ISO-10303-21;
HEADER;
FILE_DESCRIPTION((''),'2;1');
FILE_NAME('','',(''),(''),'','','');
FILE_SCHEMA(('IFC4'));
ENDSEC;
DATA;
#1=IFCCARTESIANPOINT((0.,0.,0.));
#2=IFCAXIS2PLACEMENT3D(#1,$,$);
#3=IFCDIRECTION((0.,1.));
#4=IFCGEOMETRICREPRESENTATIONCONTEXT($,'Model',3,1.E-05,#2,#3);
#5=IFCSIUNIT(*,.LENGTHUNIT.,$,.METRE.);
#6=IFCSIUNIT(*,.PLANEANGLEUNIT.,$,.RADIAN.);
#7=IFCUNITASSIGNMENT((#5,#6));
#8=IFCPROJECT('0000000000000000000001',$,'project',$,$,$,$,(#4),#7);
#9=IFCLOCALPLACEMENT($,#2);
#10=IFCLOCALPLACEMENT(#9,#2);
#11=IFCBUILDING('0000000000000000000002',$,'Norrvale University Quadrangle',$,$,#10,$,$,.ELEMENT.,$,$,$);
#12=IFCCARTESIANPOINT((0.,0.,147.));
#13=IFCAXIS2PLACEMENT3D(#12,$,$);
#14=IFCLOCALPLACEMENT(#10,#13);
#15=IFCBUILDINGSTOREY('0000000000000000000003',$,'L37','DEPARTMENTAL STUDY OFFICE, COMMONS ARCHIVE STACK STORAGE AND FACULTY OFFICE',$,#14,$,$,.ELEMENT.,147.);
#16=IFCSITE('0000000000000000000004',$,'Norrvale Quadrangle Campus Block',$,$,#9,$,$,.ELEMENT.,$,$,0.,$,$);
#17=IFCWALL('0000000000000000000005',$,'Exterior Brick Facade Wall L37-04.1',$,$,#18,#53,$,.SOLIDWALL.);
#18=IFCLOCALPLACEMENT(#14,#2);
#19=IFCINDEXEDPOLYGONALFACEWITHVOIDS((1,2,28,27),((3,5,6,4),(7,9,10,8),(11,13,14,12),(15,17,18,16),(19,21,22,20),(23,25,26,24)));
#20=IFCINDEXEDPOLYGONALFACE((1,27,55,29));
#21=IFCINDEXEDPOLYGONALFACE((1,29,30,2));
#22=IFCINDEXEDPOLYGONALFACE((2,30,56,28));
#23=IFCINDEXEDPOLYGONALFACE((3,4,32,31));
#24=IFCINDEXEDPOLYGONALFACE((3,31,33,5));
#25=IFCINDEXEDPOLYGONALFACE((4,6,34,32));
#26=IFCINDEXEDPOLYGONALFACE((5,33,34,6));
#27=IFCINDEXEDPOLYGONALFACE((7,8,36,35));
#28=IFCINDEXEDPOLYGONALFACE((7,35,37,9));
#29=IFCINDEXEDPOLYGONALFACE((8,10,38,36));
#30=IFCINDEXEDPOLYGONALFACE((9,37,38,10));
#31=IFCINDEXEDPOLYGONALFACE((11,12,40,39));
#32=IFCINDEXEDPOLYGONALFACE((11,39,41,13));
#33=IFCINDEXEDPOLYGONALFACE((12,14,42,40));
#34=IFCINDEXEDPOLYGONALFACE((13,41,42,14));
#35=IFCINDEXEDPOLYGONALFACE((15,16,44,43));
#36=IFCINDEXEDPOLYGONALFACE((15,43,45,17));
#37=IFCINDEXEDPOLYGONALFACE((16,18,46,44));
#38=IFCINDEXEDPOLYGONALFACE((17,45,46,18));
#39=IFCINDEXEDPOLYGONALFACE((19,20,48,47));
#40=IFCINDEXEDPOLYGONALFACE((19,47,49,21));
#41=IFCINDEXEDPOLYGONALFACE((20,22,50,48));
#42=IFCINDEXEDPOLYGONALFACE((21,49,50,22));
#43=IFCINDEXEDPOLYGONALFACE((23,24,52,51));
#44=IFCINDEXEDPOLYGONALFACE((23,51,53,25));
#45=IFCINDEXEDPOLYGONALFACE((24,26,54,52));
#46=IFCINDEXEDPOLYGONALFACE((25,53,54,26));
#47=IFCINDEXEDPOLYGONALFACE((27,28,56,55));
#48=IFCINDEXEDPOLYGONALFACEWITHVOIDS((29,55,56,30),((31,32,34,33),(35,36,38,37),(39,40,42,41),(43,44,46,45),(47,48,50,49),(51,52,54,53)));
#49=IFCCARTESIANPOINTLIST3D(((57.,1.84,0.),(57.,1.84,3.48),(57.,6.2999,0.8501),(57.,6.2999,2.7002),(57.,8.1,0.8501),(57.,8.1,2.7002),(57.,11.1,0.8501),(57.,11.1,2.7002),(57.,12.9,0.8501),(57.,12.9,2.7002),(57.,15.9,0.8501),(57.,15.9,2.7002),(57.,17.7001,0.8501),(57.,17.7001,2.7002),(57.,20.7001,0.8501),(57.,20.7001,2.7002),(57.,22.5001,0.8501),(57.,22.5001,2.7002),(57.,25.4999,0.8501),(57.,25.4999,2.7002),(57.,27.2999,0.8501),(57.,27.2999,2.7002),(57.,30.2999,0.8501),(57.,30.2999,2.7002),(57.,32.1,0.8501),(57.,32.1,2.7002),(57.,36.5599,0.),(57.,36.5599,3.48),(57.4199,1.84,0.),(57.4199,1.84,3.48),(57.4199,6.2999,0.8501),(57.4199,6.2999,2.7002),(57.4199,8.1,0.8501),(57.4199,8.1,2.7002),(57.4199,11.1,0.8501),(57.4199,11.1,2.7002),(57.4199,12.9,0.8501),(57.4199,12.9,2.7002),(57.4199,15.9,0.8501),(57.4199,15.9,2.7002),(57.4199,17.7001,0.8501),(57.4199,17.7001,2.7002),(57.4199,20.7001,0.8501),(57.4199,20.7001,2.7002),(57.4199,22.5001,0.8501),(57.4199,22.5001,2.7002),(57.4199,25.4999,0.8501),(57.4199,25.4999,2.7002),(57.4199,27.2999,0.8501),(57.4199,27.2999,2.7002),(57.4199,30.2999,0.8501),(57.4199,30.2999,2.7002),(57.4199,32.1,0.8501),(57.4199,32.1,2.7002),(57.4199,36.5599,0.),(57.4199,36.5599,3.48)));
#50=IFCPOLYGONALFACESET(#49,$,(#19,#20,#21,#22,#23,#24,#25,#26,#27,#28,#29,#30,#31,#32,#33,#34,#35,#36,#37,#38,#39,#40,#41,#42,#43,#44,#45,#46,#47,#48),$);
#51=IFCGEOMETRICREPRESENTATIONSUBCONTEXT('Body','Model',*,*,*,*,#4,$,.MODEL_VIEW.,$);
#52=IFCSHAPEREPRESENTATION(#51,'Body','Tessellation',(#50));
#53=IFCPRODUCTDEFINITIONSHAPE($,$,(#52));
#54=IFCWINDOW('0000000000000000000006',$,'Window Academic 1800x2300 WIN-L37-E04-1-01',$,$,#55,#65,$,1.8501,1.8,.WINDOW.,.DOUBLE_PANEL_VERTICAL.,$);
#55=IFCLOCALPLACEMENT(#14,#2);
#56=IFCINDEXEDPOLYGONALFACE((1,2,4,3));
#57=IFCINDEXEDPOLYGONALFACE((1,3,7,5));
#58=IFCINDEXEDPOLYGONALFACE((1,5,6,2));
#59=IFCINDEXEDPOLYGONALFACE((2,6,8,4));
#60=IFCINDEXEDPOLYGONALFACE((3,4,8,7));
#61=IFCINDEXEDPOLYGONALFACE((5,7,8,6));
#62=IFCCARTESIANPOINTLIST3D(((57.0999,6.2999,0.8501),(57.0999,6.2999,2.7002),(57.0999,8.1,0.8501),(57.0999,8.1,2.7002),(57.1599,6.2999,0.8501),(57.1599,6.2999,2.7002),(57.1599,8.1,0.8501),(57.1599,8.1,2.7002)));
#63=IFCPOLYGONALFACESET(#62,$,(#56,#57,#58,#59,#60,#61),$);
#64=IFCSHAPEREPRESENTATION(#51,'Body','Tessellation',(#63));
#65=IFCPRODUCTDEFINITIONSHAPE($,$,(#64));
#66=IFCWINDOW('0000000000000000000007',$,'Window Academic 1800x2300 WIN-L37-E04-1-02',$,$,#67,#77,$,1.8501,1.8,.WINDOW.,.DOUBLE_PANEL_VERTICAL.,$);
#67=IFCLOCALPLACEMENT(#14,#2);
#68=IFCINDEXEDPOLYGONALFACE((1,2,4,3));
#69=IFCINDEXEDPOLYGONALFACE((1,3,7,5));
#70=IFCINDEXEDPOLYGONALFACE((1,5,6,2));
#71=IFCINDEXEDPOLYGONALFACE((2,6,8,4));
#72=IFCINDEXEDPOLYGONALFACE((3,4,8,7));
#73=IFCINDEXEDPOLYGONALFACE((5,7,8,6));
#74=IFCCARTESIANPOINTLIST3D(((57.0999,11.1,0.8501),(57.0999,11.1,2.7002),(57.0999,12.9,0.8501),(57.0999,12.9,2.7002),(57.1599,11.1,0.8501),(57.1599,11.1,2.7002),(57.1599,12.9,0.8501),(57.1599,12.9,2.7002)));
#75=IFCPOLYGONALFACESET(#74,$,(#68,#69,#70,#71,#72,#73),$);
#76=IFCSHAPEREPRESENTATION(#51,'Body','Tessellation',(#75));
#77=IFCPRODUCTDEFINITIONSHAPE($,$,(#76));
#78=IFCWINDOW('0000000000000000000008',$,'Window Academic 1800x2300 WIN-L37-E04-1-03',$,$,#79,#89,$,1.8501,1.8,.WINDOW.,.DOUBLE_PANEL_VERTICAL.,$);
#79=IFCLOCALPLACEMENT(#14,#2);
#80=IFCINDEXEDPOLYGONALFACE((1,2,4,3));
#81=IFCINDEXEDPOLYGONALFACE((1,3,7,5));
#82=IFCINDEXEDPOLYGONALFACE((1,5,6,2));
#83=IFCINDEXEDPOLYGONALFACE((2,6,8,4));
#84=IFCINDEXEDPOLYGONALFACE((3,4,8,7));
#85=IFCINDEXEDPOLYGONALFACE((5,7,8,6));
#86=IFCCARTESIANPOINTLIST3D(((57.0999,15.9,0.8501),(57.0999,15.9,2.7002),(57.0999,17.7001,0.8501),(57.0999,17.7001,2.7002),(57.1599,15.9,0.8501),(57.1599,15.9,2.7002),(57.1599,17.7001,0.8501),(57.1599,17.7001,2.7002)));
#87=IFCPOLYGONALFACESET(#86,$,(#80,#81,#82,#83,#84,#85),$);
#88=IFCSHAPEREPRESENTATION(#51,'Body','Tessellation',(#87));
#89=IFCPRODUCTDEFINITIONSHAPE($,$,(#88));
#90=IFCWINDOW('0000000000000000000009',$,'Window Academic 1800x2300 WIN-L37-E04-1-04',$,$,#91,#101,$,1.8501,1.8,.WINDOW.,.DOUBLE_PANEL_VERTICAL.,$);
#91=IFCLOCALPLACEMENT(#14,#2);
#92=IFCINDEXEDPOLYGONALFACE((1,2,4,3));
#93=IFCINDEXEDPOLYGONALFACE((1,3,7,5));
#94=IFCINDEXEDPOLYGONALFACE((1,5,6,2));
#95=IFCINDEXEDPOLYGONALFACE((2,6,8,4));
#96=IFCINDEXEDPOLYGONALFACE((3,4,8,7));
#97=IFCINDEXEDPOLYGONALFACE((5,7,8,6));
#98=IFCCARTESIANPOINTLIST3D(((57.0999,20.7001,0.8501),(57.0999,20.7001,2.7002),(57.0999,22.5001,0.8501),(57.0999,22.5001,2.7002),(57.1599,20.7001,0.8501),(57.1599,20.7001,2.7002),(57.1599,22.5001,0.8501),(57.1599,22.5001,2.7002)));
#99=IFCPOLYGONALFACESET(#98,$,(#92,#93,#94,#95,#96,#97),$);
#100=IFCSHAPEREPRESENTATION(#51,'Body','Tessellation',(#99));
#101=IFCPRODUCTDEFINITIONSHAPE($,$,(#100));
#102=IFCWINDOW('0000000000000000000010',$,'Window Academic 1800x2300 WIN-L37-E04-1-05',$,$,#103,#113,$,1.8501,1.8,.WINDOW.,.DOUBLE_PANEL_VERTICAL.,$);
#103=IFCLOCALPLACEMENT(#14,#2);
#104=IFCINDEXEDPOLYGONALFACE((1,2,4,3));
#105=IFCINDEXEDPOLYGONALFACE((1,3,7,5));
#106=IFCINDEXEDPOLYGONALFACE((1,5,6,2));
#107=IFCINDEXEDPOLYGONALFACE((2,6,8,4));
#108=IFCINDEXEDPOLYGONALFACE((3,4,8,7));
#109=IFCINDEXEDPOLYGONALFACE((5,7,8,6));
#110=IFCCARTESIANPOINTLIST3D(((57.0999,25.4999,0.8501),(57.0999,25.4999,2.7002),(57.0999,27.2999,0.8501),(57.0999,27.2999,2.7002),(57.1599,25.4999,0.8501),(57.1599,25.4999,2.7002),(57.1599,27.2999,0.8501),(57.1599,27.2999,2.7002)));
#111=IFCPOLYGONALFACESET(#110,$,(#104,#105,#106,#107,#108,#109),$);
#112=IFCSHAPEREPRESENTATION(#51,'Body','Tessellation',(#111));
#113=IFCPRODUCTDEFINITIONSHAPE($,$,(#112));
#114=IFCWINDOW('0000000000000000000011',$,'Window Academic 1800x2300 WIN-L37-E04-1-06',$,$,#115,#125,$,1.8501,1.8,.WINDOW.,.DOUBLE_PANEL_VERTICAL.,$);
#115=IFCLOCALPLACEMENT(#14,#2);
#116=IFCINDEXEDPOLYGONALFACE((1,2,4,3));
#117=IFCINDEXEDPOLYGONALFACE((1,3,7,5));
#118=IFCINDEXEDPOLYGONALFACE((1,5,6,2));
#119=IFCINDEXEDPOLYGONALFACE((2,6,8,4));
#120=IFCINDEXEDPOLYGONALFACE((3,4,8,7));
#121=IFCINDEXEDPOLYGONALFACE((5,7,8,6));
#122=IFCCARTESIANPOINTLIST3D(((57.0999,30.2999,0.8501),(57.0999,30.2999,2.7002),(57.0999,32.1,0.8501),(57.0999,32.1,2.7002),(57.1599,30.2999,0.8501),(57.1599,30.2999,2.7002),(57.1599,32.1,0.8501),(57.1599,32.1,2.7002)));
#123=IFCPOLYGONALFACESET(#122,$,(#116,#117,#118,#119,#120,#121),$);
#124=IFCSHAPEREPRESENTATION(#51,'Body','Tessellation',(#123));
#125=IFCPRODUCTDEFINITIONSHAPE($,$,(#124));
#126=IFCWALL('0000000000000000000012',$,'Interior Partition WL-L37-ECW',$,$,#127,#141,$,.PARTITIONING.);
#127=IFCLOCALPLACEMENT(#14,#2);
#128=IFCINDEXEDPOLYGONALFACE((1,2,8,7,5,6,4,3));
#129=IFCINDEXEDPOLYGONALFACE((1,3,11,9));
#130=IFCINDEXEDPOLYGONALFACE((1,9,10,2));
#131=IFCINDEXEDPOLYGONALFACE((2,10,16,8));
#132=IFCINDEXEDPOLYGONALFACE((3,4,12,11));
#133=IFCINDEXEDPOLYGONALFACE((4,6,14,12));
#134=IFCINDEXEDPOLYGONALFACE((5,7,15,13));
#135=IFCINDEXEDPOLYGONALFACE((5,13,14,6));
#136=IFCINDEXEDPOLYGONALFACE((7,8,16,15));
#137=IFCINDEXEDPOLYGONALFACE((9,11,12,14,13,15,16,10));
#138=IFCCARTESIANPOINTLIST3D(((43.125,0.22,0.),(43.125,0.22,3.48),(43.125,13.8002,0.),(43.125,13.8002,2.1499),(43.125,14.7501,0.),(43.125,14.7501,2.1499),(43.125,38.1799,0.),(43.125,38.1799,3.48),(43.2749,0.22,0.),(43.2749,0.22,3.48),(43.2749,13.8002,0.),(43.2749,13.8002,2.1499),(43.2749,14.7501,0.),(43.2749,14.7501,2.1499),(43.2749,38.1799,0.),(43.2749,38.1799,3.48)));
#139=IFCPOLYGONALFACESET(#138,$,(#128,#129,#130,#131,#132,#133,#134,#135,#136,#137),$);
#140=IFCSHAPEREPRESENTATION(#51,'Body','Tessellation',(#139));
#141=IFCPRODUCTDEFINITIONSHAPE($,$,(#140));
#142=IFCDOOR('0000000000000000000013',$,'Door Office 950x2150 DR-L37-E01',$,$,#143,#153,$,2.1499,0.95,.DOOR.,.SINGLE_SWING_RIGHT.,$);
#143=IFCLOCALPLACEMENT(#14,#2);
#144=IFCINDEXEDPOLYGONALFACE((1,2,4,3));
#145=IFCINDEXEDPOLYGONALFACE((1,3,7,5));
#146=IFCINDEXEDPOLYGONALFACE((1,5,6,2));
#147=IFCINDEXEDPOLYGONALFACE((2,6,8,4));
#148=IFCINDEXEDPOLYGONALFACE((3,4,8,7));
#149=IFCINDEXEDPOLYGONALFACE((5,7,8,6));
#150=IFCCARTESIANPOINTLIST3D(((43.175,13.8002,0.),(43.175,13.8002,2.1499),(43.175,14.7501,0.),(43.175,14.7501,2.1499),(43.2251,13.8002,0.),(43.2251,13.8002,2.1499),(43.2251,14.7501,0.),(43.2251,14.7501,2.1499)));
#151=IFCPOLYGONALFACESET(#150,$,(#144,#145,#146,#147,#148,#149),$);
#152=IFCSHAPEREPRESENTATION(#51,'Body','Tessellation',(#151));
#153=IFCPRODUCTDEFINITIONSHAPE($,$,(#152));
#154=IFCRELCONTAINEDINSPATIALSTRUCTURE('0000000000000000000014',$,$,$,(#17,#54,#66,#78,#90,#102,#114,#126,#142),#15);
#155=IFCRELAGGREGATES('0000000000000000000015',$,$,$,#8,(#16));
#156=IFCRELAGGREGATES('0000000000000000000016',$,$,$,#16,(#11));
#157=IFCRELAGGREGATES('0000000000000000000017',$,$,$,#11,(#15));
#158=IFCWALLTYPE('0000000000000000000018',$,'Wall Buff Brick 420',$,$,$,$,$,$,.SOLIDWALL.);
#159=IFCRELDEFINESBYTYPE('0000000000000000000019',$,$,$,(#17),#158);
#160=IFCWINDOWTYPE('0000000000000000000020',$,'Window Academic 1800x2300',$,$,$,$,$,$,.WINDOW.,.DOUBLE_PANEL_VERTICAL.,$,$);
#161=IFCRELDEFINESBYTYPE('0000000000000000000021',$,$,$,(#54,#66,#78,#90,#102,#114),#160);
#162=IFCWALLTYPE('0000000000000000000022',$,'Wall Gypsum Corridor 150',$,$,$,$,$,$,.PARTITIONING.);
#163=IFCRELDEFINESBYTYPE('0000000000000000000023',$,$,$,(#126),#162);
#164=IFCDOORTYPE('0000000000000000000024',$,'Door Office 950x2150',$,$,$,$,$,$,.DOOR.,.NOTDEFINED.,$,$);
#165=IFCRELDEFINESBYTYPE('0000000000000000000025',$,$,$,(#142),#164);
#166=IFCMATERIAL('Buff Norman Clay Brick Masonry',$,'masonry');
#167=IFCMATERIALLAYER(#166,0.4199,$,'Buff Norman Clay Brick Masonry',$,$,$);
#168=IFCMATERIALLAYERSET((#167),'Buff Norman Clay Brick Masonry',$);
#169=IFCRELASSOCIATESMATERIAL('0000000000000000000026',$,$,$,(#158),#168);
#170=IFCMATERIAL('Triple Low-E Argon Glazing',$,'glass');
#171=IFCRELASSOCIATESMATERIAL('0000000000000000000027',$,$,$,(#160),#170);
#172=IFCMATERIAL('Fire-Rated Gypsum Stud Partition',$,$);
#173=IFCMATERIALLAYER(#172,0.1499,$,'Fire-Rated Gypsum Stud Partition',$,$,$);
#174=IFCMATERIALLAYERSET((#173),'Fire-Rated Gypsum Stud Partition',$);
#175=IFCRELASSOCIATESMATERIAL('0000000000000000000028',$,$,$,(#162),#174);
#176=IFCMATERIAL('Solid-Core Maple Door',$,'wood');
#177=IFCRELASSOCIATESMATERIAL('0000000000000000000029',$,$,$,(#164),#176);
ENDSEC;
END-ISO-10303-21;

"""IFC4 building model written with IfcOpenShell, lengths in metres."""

from ifc_helpers import new_model, si_unit, direction, frame, frame_2d, origin, place, context, subcontext, project, spatial, rectangle, extrude, material, layer, layer_set, type_object, element, fill, save


model = new_model("IFC4")

# Units and contexts
model_context = context("Model", 3, precision=1e-05, world=origin(), true_north=direction((0.0, 1.0)))
body_context = subcontext(model_context, "Body", "Model", "MODEL_VIEW")
ifc_project = project(units=[si_unit("LENGTHUNIT", "METRE"), si_unit("PLANEANGLEUNIT", "RADIAN")], contexts=[model_context])

# Site, building, storey
site_placement = place(None, origin())
site = spatial("IfcSite", under=ifc_project, at=site_placement, Name="Norrvale Quadrangle Campus Block", CompositionType="ELEMENT", RefElevation=0.0)
building_placement = place(site_placement, origin())
building = spatial("IfcBuilding", under=site, at=building_placement, Name="Norrvale University Quadrangle", CompositionType="ELEMENT")
storey_placement = place(building_placement, frame((0.0, 0.0, 147.0)))
storey = spatial("IfcBuildingStorey", under=building, at=storey_placement, Name="L37", Description="DEPARTMENTAL STUDY OFFICE, COMMONS ARCHIVE STACK STORAGE AND FACULTY OFFICE", CompositionType="ELEMENT", Elevation=147.0)

# Shared definitions
ifc_material_1 = material(Name="Buff Norman Clay Brick Masonry", Category="masonry")
ifc_layer_1 = layer(ifc_material_1, 0.4199, Name="Buff Norman Clay Brick Masonry")
ifc_layer_set_1 = layer_set([ifc_layer_1], Name="Buff Norman Clay Brick Masonry")
wall_type_1 = type_object("IfcWallType", Name="Wall Buff Brick 420", PredefinedType="SOLIDWALL", material=ifc_layer_set_1)

# Wall, openings, windows
wall_1_placement = place(storey_placement, frame((57.21, 1.8401, 0.0), z_axis=(0.0, 0.0, 1.0), x_axis=(0.0, 1.0, 0.0)))
wall_1 = element("IfcWall", 1, at=wall_1_placement, inside=storey, type_object=wall_type_1, Name="Exterior Brick Facade Wall L37-04.1", PredefinedType="SOLIDWALL", context=body_context, shape_type="SweptSolid", body=[
    extrude(rectangle(XDim=34.72, YDim=0.4199, at=frame_2d((17.3599, 0.0))), origin(), (0.0, 0.0, 1.0), 3.48),
])
opening_1_placement = place(wall_1_placement, frame((4.46, 0.0, 0.8501)))
opening_1 = element("IfcOpeningElement", 2, at=opening_1_placement, cuts=wall_1, PredefinedType="OPENING", context=body_context, shape_type="SweptSolid", body=[
    extrude(rectangle(XDim=1.8, YDim=1.8501, at=frame_2d((0.8999, 0.925))), frame((0.0, 0.2219, 0.0), z_axis=(0.0, -1.0, 0.0), x_axis=(1.0, 0.0, 0.0)), (0.0, 0.0, 1.0), 0.4438),
])
opening_2_placement = place(wall_1_placement, frame((9.26, 0.0, 0.8501)))
opening_2 = element("IfcOpeningElement", 3, at=opening_2_placement, cuts=wall_1, PredefinedType="OPENING", context=body_context, shape_type="SweptSolid", body=[
    extrude(rectangle(XDim=1.8, YDim=1.8501, at=frame_2d((0.8999, 0.925))), frame((0.0, 0.2219, 0.0), z_axis=(0.0, -1.0, 0.0), x_axis=(1.0, 0.0, 0.0)), (0.0, 0.0, 1.0), 0.4438),
])
opening_3_placement = place(wall_1_placement, frame((14.0601, 0.0, 0.8501)))
opening_3 = element("IfcOpeningElement", 4, at=opening_3_placement, cuts=wall_1, PredefinedType="OPENING", context=body_context, shape_type="SweptSolid", body=[
    extrude(rectangle(XDim=1.8, YDim=1.8501, at=frame_2d((0.8999, 0.925))), frame((0.0, 0.2219, 0.0), z_axis=(0.0, -1.0, 0.0), x_axis=(1.0, 0.0, 0.0)), (0.0, 0.0, 1.0), 0.4438),
])
opening_4_placement = place(wall_1_placement, frame((18.8601, 0.0, 0.8501)))
opening_4 = element("IfcOpeningElement", 5, at=opening_4_placement, cuts=wall_1, PredefinedType="OPENING", context=body_context, shape_type="SweptSolid", body=[
    extrude(rectangle(XDim=1.8, YDim=1.8501, at=frame_2d((0.8999, 0.925))), frame((0.0, 0.2219, 0.0), z_axis=(0.0, -1.0, 0.0), x_axis=(1.0, 0.0, 0.0)), (0.0, 0.0, 1.0), 0.4438),
])
opening_5_placement = place(wall_1_placement, frame((23.6599, 0.0, 0.8501)))
opening_5 = element("IfcOpeningElement", 6, at=opening_5_placement, cuts=wall_1, PredefinedType="OPENING", context=body_context, shape_type="SweptSolid", body=[
    extrude(rectangle(XDim=1.8, YDim=1.8501, at=frame_2d((0.8999, 0.925))), frame((0.0, 0.2219, 0.0), z_axis=(0.0, -1.0, 0.0), x_axis=(1.0, 0.0, 0.0)), (0.0, 0.0, 1.0), 0.4438),
])
opening_6_placement = place(wall_1_placement, frame((28.46, 0.0, 0.8501)))
opening_6 = element("IfcOpeningElement", 7, at=opening_6_placement, cuts=wall_1, PredefinedType="OPENING", context=body_context, shape_type="SweptSolid", body=[
    extrude(rectangle(XDim=1.8, YDim=1.8501, at=frame_2d((0.8999, 0.925))), frame((0.0, 0.2219, 0.0), z_axis=(0.0, -1.0, 0.0), x_axis=(1.0, 0.0, 0.0)), (0.0, 0.0, 1.0), 0.4438),
])
ifc_material_2 = material(Name="Triple Low-E Argon Glazing", Category="glass")
window_type = type_object("IfcWindowType", Name="Window Academic 1800x2300", PartitioningType="DOUBLE_PANEL_VERTICAL", PredefinedType="WINDOW", material=ifc_material_2)
window_1_placement = place(opening_1_placement, origin())
window_1 = element("IfcWindow", 8, at=window_1_placement, inside=storey, type_object=window_type, Name="Window Academic 1800x2300 WIN-L37-E04-1-01", OverallHeight=1.8501, OverallWidth=1.8, PartitioningType="DOUBLE_PANEL_VERTICAL", PredefinedType="WINDOW", context=body_context, shape_type="SweptSolid", body=[
    extrude(rectangle(XDim=1.8, YDim=1.8501, at=frame_2d((0.8999, 0.925))), frame((0.0, 0.1101, 0.0), z_axis=(0.0, -1.0, 0.0), x_axis=(1.0, 0.0, 0.0)), (0.0, 0.0, 1.0), 0.0601),
])
fill(opening_1, window_1)
window_2_placement = place(opening_2_placement, origin())
window_2 = element("IfcWindow", 9, at=window_2_placement, inside=storey, type_object=window_type, Name="Window Academic 1800x2300 WIN-L37-E04-1-02", OverallHeight=1.8501, OverallWidth=1.8, PartitioningType="DOUBLE_PANEL_VERTICAL", PredefinedType="WINDOW", context=body_context, shape_type="SweptSolid", body=[
    extrude(rectangle(XDim=1.8, YDim=1.8501, at=frame_2d((0.8999, 0.925))), frame((0.0, 0.1101, 0.0), z_axis=(0.0, -1.0, 0.0), x_axis=(1.0, 0.0, 0.0)), (0.0, 0.0, 1.0), 0.0601),
])
fill(opening_2, window_2)
window_3_placement = place(opening_3_placement, origin())
window_3 = element("IfcWindow", 10, at=window_3_placement, inside=storey, type_object=window_type, Name="Window Academic 1800x2300 WIN-L37-E04-1-03", OverallHeight=1.8501, OverallWidth=1.8, PartitioningType="DOUBLE_PANEL_VERTICAL", PredefinedType="WINDOW", context=body_context, shape_type="SweptSolid", body=[
    extrude(rectangle(XDim=1.8, YDim=1.8501, at=frame_2d((0.8999, 0.925))), frame((0.0, 0.1101, 0.0), z_axis=(0.0, -1.0, 0.0), x_axis=(1.0, 0.0, 0.0)), (0.0, 0.0, 1.0), 0.0601),
])
fill(opening_3, window_3)
window_4_placement = place(opening_4_placement, origin())
window_4 = element("IfcWindow", 11, at=window_4_placement, inside=storey, type_object=window_type, Name="Window Academic 1800x2300 WIN-L37-E04-1-04", OverallHeight=1.8501, OverallWidth=1.8, PartitioningType="DOUBLE_PANEL_VERTICAL", PredefinedType="WINDOW", context=body_context, shape_type="SweptSolid", body=[
    extrude(rectangle(XDim=1.8, YDim=1.8501, at=frame_2d((0.8999, 0.925))), frame((0.0, 0.1101, 0.0), z_axis=(0.0, -1.0, 0.0), x_axis=(1.0, 0.0, 0.0)), (0.0, 0.0, 1.0), 0.0601),
])
fill(opening_4, window_4)
window_5_placement = place(opening_5_placement, origin())
window_5 = element("IfcWindow", 12, at=window_5_placement, inside=storey, type_object=window_type, Name="Window Academic 1800x2300 WIN-L37-E04-1-05", OverallHeight=1.8501, OverallWidth=1.8, PartitioningType="DOUBLE_PANEL_VERTICAL", PredefinedType="WINDOW", context=body_context, shape_type="SweptSolid", body=[
    extrude(rectangle(XDim=1.8, YDim=1.8501, at=frame_2d((0.8999, 0.925))), frame((0.0, 0.1101, 0.0), z_axis=(0.0, -1.0, 0.0), x_axis=(1.0, 0.0, 0.0)), (0.0, 0.0, 1.0), 0.0601),
])
fill(opening_5, window_5)
window_6_placement = place(opening_6_placement, origin())
window_6 = element("IfcWindow", 13, at=window_6_placement, inside=storey, type_object=window_type, Name="Window Academic 1800x2300 WIN-L37-E04-1-06", OverallHeight=1.8501, OverallWidth=1.8, PartitioningType="DOUBLE_PANEL_VERTICAL", PredefinedType="WINDOW", context=body_context, shape_type="SweptSolid", body=[
    extrude(rectangle(XDim=1.8, YDim=1.8501, at=frame_2d((0.8999, 0.925))), frame((0.0, 0.1101, 0.0), z_axis=(0.0, -1.0, 0.0), x_axis=(1.0, 0.0, 0.0)), (0.0, 0.0, 1.0), 0.0601),
])
fill(opening_6, window_6)

# Wall, opening, door
ifc_material_3 = material(Name="Fire-Rated Gypsum Stud Partition")
ifc_layer_2 = layer(ifc_material_3, 0.1499, Name="Fire-Rated Gypsum Stud Partition")
ifc_layer_set_2 = layer_set([ifc_layer_2], Name="Fire-Rated Gypsum Stud Partition")
wall_type_2 = type_object("IfcWallType", Name="Wall Gypsum Corridor 150", PredefinedType="PARTITIONING", material=ifc_layer_set_2)
wall_2_placement = place(storey_placement, frame((43.2, 0.22, 0.0), z_axis=(0.0, 0.0, 1.0), x_axis=(0.0, 1.0, 0.0)))
wall_2 = element("IfcWall", 14, at=wall_2_placement, inside=storey, type_object=wall_type_2, Name="Interior Partition WL-L37-ECW", PredefinedType="PARTITIONING", context=body_context, shape_type="SweptSolid", body=[
    extrude(rectangle(XDim=37.96, YDim=0.1499, at=frame_2d((18.98, 0.0))), origin(), (0.0, 0.0, 1.0), 3.48),
])
opening_7_placement = place(wall_2_placement, frame((13.5801, 0.0, 0.0)))
opening_7 = element("IfcOpeningElement", 15, at=opening_7_placement, cuts=wall_2, PredefinedType="OPENING", context=body_context, shape_type="SweptSolid", body=[
    extrude(rectangle(XDim=0.95, YDim=2.1499, at=frame_2d((0.4751, 1.075))), frame((0.0, 0.0869, 0.0), z_axis=(0.0, -1.0, 0.0), x_axis=(1.0, 0.0, 0.0)), (0.0, 0.0, 1.0), 0.1738),
])
ifc_material_4 = material(Name="Solid-Core Maple Door", Category="wood")
door_type = type_object("IfcDoorType", Name="Door Office 950x2150", OperationType="NOTDEFINED", PredefinedType="DOOR", material=ifc_material_4)
door_placement = place(opening_7_placement, origin())
door = element("IfcDoor", 16, at=door_placement, inside=storey, type_object=door_type, Name="Door Office 950x2150 DR-L37-E01", OperationType="SINGLE_SWING_RIGHT", OverallHeight=2.1499, OverallWidth=0.95, PredefinedType="DOOR", context=body_context, shape_type="SweptSolid", body=[
    extrude(rectangle(XDim=0.95, YDim=2.1499, at=frame_2d((0.4751, 1.075))), frame((0.0, 0.0249, 0.0), z_axis=(0.0, -1.0, 0.0), x_axis=(1.0, 0.0, 0.0)), (0.0, 0.0, 1.0), 0.05),
])
fill(opening_7, door)

save(model, "model.ifc")
